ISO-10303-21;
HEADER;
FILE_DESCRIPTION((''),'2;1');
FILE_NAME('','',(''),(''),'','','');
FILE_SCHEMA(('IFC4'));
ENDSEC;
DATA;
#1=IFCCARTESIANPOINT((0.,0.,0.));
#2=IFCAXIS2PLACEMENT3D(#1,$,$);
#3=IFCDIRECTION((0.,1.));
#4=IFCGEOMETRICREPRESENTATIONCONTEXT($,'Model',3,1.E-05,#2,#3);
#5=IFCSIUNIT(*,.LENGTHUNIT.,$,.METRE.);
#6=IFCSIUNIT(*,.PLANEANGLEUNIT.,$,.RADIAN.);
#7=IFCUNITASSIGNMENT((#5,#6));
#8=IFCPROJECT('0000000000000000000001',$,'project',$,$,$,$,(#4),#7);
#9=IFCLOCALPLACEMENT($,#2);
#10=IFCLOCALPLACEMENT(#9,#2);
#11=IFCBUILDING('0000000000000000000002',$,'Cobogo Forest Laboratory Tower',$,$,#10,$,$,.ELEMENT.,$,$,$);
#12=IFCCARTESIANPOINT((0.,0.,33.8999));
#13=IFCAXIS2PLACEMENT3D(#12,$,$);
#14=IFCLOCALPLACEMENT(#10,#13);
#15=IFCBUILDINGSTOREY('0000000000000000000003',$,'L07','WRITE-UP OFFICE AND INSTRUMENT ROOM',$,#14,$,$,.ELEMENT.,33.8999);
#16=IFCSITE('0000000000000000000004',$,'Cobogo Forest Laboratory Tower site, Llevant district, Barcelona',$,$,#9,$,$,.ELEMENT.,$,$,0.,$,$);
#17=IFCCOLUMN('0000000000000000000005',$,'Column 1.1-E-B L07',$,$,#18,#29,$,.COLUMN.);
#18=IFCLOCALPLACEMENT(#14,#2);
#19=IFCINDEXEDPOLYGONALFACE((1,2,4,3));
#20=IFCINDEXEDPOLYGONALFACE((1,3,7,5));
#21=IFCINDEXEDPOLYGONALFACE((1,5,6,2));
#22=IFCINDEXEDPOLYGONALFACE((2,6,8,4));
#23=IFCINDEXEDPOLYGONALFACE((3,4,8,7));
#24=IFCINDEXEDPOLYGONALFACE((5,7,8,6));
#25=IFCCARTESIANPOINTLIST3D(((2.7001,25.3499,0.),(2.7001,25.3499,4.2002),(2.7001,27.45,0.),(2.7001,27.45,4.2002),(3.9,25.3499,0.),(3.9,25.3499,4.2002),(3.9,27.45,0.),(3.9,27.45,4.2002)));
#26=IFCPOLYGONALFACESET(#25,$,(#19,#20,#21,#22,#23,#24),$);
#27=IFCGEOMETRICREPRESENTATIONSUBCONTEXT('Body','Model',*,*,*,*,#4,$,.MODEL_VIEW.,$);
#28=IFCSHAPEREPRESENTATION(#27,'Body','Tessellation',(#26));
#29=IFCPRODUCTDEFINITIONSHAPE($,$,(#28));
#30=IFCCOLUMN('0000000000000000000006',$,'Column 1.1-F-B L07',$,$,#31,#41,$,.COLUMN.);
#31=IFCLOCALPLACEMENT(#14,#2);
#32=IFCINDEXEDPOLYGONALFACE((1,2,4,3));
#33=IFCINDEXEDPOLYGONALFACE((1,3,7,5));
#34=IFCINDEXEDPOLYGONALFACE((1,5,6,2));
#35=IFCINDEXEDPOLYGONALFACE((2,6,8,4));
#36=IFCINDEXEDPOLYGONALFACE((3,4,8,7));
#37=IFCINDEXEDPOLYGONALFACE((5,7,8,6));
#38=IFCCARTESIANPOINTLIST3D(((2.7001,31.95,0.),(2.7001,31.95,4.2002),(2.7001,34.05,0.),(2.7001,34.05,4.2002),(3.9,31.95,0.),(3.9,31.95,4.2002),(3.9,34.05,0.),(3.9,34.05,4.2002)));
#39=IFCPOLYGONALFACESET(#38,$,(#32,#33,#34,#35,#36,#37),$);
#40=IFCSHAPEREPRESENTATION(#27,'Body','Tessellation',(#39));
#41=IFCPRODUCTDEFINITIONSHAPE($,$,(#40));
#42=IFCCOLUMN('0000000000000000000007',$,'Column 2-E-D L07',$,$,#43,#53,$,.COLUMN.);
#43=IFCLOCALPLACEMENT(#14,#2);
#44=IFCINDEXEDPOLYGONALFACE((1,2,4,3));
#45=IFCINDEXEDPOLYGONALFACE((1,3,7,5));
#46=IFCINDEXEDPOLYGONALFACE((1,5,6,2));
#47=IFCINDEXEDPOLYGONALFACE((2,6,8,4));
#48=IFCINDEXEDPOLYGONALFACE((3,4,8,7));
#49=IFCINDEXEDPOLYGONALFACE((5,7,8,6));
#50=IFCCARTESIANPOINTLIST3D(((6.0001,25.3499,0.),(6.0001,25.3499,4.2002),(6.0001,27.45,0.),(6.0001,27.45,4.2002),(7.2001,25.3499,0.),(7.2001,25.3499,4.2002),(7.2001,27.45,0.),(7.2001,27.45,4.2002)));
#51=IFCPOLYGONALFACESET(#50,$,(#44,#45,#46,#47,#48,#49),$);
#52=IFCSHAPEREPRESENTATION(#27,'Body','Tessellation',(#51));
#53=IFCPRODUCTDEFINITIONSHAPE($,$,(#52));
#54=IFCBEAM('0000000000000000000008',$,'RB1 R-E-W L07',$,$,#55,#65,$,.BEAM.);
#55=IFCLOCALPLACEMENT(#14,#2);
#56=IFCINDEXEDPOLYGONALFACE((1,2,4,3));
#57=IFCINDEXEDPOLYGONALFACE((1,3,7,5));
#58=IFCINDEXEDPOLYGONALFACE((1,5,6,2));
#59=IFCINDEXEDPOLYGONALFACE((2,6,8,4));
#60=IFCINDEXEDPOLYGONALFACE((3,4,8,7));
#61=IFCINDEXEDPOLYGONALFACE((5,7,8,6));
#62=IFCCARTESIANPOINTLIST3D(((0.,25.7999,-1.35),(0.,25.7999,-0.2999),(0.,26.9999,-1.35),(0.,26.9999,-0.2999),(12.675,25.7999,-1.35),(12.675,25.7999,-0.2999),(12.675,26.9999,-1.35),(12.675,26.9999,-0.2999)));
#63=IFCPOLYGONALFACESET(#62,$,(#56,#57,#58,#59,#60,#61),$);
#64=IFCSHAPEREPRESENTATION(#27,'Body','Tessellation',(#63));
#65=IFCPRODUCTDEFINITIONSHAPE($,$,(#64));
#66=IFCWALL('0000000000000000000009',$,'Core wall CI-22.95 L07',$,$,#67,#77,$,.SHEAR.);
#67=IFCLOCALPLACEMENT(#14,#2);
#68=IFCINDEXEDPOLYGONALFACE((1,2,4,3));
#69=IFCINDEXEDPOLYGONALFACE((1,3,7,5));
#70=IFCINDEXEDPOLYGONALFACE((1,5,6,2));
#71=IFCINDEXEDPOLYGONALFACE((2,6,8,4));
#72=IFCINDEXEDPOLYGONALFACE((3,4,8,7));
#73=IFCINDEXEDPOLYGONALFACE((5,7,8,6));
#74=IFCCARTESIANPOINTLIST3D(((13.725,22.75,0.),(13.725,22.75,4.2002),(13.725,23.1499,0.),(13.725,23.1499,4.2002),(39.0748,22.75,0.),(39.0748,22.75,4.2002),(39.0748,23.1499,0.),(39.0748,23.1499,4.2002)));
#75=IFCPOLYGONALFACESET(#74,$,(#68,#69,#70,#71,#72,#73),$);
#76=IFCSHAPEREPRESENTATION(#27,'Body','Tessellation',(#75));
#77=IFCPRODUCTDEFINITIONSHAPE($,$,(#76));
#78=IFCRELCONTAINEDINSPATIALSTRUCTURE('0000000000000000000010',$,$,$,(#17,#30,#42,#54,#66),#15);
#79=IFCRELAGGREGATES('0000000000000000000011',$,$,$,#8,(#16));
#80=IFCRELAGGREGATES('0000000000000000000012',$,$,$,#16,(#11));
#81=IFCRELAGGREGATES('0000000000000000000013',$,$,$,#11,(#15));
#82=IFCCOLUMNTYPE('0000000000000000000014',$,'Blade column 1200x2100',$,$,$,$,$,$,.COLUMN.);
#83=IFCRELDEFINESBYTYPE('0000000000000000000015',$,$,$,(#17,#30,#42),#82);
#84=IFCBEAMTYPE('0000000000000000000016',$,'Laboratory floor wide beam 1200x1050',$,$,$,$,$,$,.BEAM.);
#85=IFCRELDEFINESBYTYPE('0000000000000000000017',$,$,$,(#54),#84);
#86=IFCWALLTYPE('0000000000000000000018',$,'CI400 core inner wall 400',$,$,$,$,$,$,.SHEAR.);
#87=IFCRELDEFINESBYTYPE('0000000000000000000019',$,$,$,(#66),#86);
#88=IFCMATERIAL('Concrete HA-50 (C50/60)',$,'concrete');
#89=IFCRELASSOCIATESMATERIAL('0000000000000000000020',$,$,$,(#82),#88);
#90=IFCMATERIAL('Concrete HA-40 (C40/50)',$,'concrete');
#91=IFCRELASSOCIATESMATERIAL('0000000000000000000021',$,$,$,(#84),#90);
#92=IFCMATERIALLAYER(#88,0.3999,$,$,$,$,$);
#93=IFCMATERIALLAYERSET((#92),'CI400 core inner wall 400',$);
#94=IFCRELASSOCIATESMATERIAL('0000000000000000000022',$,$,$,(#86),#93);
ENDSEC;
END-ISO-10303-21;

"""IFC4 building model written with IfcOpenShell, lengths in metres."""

from ifc_helpers import new_model, si_unit, direction, frame, frame_2d, origin, origin_2d, place, context, subcontext, project, spatial, rectangle, extrude, material, layer, layer_set, material_profile, profile_set, type_object, element, save


model = new_model("IFC4")

# Units and contexts
model_context = context("Model", 3, precision=1e-05, world=origin(), true_north=direction((0.0, 1.0)))
body_context = subcontext(model_context, "Body", "Model", "MODEL_VIEW")
ifc_project = project(units=[si_unit("LENGTHUNIT", "METRE"), si_unit("PLANEANGLEUNIT", "RADIAN")], contexts=[model_context])

# Site, building, storey
site_placement = place(None, origin())
site = spatial("IfcSite", under=ifc_project, at=site_placement, Name="Cobogo Forest Laboratory Tower site, Llevant district, Barcelona", CompositionType="ELEMENT", RefElevation=0.0)
building_placement = place(site_placement, origin())
building = spatial("IfcBuilding", under=site, at=building_placement, Name="Cobogo Forest Laboratory Tower", CompositionType="ELEMENT")
storey_placement = place(building_placement, frame((0.0, 0.0, 33.8999)))
storey = spatial("IfcBuildingStorey", under=building, at=storey_placement, Name="L07", Description="WRITE-UP OFFICE AND INSTRUMENT ROOM", CompositionType="ELEMENT", Elevation=33.8999)

# Columns
ifc_material_1 = material(Name="Concrete HA-50 (C50/60)", Category="concrete")
ifc_material_profile_1 = material_profile(ifc_material_1, rectangle(XDim=2.1001, YDim=1.2, at=origin_2d()), Name="RC 1200x2100")
ifc_profile_set_1 = profile_set([ifc_material_profile_1], Name="Concrete HA-50 (C50/60)")
column_type = type_object("IfcColumnType", Name="Blade column 1200x2100", PredefinedType="COLUMN", material=ifc_profile_set_1)
for number, where, z_axis, x_axis, name in (
    (1, (3.3, 26.3999, 0.0), (0.0, 0.0, 1.0), (0.0, 1.0, 0.0), "Column 1.1-E-B L07"),
    (2, (3.3, 33.0, 0.0), (0.0, 0.0, 1.0), (0.0, 1.0, 0.0), "Column 1.1-F-B L07"),
    (3, (6.6001, 26.3999, 0.0), (0.0, 0.0, 1.0), (0.0, 1.0, 0.0), "Column 2-E-D L07"),
):
    element("IfcColumn", number, at=place(storey_placement, frame(where, z_axis=z_axis, x_axis=x_axis)), inside=storey, type_object=column_type, Name=name, PredefinedType="COLUMN", context=body_context, shape_type="SweptSolid", body=[
        extrude(rectangle(XDim=2.1001, YDim=1.2, at=origin_2d()), origin(), (0.0, 0.0, 1.0), 4.2002),
    ])

# Beam
ifc_material_2 = material(Name="Concrete HA-40 (C40/50)", Category="concrete")
ifc_material_profile_2 = material_profile(ifc_material_2, rectangle(XDim=1.2, YDim=1.05, at=origin_2d()), Name="RC 1200x1050")
ifc_profile_set_2 = profile_set([ifc_material_profile_2], Name="Concrete HA-40 (C40/50)")
beam_type = type_object("IfcBeamType", Name="Laboratory floor wide beam 1200x1050", PredefinedType="BEAM", material=ifc_profile_set_2)
beam_placement = place(storey_placement, frame((12.675, 26.3999, -0.825), z_axis=(-1.0, 0.0, 0.0), x_axis=(0.0, -1.0, 0.0)))
element("IfcBeam", 4, at=beam_placement, inside=storey, type_object=beam_type, Name="RB1 R-E-W L07", PredefinedType="BEAM", context=body_context, shape_type="SweptSolid", body=[
    extrude(rectangle(XDim=1.2, YDim=1.05, at=origin_2d()), origin(), (0.0, 0.0, 1.0), 12.675),
])

# Wall
ifc_layer_1 = layer(ifc_material_1, 0.3999)
ifc_layer_set_1 = layer_set([ifc_layer_1], Name="CI400 core inner wall 400")
wall_type_1 = type_object("IfcWallType", Name="CI400 core inner wall 400", PredefinedType="SHEAR", material=ifc_layer_set_1)
wall_1_placement = place(storey_placement, frame((13.7251, 22.95, 0.0), z_axis=(0.0, 0.0, 1.0), x_axis=(1.0, 0.0, 0.0)))
element("IfcWall", 5, at=wall_1_placement, inside=storey, type_object=wall_type_1, Name="Core wall CI-22.95 L07", PredefinedType="SHEAR", context=body_context, shape_type="SweptSolid", body=[
    extrude(rectangle(XDim=25.3499, YDim=0.3999, at=frame_2d((12.6748, 0.0))), origin(), (0.0, 0.0, 1.0), 4.2002),
])

save(model, "model.ifc")
